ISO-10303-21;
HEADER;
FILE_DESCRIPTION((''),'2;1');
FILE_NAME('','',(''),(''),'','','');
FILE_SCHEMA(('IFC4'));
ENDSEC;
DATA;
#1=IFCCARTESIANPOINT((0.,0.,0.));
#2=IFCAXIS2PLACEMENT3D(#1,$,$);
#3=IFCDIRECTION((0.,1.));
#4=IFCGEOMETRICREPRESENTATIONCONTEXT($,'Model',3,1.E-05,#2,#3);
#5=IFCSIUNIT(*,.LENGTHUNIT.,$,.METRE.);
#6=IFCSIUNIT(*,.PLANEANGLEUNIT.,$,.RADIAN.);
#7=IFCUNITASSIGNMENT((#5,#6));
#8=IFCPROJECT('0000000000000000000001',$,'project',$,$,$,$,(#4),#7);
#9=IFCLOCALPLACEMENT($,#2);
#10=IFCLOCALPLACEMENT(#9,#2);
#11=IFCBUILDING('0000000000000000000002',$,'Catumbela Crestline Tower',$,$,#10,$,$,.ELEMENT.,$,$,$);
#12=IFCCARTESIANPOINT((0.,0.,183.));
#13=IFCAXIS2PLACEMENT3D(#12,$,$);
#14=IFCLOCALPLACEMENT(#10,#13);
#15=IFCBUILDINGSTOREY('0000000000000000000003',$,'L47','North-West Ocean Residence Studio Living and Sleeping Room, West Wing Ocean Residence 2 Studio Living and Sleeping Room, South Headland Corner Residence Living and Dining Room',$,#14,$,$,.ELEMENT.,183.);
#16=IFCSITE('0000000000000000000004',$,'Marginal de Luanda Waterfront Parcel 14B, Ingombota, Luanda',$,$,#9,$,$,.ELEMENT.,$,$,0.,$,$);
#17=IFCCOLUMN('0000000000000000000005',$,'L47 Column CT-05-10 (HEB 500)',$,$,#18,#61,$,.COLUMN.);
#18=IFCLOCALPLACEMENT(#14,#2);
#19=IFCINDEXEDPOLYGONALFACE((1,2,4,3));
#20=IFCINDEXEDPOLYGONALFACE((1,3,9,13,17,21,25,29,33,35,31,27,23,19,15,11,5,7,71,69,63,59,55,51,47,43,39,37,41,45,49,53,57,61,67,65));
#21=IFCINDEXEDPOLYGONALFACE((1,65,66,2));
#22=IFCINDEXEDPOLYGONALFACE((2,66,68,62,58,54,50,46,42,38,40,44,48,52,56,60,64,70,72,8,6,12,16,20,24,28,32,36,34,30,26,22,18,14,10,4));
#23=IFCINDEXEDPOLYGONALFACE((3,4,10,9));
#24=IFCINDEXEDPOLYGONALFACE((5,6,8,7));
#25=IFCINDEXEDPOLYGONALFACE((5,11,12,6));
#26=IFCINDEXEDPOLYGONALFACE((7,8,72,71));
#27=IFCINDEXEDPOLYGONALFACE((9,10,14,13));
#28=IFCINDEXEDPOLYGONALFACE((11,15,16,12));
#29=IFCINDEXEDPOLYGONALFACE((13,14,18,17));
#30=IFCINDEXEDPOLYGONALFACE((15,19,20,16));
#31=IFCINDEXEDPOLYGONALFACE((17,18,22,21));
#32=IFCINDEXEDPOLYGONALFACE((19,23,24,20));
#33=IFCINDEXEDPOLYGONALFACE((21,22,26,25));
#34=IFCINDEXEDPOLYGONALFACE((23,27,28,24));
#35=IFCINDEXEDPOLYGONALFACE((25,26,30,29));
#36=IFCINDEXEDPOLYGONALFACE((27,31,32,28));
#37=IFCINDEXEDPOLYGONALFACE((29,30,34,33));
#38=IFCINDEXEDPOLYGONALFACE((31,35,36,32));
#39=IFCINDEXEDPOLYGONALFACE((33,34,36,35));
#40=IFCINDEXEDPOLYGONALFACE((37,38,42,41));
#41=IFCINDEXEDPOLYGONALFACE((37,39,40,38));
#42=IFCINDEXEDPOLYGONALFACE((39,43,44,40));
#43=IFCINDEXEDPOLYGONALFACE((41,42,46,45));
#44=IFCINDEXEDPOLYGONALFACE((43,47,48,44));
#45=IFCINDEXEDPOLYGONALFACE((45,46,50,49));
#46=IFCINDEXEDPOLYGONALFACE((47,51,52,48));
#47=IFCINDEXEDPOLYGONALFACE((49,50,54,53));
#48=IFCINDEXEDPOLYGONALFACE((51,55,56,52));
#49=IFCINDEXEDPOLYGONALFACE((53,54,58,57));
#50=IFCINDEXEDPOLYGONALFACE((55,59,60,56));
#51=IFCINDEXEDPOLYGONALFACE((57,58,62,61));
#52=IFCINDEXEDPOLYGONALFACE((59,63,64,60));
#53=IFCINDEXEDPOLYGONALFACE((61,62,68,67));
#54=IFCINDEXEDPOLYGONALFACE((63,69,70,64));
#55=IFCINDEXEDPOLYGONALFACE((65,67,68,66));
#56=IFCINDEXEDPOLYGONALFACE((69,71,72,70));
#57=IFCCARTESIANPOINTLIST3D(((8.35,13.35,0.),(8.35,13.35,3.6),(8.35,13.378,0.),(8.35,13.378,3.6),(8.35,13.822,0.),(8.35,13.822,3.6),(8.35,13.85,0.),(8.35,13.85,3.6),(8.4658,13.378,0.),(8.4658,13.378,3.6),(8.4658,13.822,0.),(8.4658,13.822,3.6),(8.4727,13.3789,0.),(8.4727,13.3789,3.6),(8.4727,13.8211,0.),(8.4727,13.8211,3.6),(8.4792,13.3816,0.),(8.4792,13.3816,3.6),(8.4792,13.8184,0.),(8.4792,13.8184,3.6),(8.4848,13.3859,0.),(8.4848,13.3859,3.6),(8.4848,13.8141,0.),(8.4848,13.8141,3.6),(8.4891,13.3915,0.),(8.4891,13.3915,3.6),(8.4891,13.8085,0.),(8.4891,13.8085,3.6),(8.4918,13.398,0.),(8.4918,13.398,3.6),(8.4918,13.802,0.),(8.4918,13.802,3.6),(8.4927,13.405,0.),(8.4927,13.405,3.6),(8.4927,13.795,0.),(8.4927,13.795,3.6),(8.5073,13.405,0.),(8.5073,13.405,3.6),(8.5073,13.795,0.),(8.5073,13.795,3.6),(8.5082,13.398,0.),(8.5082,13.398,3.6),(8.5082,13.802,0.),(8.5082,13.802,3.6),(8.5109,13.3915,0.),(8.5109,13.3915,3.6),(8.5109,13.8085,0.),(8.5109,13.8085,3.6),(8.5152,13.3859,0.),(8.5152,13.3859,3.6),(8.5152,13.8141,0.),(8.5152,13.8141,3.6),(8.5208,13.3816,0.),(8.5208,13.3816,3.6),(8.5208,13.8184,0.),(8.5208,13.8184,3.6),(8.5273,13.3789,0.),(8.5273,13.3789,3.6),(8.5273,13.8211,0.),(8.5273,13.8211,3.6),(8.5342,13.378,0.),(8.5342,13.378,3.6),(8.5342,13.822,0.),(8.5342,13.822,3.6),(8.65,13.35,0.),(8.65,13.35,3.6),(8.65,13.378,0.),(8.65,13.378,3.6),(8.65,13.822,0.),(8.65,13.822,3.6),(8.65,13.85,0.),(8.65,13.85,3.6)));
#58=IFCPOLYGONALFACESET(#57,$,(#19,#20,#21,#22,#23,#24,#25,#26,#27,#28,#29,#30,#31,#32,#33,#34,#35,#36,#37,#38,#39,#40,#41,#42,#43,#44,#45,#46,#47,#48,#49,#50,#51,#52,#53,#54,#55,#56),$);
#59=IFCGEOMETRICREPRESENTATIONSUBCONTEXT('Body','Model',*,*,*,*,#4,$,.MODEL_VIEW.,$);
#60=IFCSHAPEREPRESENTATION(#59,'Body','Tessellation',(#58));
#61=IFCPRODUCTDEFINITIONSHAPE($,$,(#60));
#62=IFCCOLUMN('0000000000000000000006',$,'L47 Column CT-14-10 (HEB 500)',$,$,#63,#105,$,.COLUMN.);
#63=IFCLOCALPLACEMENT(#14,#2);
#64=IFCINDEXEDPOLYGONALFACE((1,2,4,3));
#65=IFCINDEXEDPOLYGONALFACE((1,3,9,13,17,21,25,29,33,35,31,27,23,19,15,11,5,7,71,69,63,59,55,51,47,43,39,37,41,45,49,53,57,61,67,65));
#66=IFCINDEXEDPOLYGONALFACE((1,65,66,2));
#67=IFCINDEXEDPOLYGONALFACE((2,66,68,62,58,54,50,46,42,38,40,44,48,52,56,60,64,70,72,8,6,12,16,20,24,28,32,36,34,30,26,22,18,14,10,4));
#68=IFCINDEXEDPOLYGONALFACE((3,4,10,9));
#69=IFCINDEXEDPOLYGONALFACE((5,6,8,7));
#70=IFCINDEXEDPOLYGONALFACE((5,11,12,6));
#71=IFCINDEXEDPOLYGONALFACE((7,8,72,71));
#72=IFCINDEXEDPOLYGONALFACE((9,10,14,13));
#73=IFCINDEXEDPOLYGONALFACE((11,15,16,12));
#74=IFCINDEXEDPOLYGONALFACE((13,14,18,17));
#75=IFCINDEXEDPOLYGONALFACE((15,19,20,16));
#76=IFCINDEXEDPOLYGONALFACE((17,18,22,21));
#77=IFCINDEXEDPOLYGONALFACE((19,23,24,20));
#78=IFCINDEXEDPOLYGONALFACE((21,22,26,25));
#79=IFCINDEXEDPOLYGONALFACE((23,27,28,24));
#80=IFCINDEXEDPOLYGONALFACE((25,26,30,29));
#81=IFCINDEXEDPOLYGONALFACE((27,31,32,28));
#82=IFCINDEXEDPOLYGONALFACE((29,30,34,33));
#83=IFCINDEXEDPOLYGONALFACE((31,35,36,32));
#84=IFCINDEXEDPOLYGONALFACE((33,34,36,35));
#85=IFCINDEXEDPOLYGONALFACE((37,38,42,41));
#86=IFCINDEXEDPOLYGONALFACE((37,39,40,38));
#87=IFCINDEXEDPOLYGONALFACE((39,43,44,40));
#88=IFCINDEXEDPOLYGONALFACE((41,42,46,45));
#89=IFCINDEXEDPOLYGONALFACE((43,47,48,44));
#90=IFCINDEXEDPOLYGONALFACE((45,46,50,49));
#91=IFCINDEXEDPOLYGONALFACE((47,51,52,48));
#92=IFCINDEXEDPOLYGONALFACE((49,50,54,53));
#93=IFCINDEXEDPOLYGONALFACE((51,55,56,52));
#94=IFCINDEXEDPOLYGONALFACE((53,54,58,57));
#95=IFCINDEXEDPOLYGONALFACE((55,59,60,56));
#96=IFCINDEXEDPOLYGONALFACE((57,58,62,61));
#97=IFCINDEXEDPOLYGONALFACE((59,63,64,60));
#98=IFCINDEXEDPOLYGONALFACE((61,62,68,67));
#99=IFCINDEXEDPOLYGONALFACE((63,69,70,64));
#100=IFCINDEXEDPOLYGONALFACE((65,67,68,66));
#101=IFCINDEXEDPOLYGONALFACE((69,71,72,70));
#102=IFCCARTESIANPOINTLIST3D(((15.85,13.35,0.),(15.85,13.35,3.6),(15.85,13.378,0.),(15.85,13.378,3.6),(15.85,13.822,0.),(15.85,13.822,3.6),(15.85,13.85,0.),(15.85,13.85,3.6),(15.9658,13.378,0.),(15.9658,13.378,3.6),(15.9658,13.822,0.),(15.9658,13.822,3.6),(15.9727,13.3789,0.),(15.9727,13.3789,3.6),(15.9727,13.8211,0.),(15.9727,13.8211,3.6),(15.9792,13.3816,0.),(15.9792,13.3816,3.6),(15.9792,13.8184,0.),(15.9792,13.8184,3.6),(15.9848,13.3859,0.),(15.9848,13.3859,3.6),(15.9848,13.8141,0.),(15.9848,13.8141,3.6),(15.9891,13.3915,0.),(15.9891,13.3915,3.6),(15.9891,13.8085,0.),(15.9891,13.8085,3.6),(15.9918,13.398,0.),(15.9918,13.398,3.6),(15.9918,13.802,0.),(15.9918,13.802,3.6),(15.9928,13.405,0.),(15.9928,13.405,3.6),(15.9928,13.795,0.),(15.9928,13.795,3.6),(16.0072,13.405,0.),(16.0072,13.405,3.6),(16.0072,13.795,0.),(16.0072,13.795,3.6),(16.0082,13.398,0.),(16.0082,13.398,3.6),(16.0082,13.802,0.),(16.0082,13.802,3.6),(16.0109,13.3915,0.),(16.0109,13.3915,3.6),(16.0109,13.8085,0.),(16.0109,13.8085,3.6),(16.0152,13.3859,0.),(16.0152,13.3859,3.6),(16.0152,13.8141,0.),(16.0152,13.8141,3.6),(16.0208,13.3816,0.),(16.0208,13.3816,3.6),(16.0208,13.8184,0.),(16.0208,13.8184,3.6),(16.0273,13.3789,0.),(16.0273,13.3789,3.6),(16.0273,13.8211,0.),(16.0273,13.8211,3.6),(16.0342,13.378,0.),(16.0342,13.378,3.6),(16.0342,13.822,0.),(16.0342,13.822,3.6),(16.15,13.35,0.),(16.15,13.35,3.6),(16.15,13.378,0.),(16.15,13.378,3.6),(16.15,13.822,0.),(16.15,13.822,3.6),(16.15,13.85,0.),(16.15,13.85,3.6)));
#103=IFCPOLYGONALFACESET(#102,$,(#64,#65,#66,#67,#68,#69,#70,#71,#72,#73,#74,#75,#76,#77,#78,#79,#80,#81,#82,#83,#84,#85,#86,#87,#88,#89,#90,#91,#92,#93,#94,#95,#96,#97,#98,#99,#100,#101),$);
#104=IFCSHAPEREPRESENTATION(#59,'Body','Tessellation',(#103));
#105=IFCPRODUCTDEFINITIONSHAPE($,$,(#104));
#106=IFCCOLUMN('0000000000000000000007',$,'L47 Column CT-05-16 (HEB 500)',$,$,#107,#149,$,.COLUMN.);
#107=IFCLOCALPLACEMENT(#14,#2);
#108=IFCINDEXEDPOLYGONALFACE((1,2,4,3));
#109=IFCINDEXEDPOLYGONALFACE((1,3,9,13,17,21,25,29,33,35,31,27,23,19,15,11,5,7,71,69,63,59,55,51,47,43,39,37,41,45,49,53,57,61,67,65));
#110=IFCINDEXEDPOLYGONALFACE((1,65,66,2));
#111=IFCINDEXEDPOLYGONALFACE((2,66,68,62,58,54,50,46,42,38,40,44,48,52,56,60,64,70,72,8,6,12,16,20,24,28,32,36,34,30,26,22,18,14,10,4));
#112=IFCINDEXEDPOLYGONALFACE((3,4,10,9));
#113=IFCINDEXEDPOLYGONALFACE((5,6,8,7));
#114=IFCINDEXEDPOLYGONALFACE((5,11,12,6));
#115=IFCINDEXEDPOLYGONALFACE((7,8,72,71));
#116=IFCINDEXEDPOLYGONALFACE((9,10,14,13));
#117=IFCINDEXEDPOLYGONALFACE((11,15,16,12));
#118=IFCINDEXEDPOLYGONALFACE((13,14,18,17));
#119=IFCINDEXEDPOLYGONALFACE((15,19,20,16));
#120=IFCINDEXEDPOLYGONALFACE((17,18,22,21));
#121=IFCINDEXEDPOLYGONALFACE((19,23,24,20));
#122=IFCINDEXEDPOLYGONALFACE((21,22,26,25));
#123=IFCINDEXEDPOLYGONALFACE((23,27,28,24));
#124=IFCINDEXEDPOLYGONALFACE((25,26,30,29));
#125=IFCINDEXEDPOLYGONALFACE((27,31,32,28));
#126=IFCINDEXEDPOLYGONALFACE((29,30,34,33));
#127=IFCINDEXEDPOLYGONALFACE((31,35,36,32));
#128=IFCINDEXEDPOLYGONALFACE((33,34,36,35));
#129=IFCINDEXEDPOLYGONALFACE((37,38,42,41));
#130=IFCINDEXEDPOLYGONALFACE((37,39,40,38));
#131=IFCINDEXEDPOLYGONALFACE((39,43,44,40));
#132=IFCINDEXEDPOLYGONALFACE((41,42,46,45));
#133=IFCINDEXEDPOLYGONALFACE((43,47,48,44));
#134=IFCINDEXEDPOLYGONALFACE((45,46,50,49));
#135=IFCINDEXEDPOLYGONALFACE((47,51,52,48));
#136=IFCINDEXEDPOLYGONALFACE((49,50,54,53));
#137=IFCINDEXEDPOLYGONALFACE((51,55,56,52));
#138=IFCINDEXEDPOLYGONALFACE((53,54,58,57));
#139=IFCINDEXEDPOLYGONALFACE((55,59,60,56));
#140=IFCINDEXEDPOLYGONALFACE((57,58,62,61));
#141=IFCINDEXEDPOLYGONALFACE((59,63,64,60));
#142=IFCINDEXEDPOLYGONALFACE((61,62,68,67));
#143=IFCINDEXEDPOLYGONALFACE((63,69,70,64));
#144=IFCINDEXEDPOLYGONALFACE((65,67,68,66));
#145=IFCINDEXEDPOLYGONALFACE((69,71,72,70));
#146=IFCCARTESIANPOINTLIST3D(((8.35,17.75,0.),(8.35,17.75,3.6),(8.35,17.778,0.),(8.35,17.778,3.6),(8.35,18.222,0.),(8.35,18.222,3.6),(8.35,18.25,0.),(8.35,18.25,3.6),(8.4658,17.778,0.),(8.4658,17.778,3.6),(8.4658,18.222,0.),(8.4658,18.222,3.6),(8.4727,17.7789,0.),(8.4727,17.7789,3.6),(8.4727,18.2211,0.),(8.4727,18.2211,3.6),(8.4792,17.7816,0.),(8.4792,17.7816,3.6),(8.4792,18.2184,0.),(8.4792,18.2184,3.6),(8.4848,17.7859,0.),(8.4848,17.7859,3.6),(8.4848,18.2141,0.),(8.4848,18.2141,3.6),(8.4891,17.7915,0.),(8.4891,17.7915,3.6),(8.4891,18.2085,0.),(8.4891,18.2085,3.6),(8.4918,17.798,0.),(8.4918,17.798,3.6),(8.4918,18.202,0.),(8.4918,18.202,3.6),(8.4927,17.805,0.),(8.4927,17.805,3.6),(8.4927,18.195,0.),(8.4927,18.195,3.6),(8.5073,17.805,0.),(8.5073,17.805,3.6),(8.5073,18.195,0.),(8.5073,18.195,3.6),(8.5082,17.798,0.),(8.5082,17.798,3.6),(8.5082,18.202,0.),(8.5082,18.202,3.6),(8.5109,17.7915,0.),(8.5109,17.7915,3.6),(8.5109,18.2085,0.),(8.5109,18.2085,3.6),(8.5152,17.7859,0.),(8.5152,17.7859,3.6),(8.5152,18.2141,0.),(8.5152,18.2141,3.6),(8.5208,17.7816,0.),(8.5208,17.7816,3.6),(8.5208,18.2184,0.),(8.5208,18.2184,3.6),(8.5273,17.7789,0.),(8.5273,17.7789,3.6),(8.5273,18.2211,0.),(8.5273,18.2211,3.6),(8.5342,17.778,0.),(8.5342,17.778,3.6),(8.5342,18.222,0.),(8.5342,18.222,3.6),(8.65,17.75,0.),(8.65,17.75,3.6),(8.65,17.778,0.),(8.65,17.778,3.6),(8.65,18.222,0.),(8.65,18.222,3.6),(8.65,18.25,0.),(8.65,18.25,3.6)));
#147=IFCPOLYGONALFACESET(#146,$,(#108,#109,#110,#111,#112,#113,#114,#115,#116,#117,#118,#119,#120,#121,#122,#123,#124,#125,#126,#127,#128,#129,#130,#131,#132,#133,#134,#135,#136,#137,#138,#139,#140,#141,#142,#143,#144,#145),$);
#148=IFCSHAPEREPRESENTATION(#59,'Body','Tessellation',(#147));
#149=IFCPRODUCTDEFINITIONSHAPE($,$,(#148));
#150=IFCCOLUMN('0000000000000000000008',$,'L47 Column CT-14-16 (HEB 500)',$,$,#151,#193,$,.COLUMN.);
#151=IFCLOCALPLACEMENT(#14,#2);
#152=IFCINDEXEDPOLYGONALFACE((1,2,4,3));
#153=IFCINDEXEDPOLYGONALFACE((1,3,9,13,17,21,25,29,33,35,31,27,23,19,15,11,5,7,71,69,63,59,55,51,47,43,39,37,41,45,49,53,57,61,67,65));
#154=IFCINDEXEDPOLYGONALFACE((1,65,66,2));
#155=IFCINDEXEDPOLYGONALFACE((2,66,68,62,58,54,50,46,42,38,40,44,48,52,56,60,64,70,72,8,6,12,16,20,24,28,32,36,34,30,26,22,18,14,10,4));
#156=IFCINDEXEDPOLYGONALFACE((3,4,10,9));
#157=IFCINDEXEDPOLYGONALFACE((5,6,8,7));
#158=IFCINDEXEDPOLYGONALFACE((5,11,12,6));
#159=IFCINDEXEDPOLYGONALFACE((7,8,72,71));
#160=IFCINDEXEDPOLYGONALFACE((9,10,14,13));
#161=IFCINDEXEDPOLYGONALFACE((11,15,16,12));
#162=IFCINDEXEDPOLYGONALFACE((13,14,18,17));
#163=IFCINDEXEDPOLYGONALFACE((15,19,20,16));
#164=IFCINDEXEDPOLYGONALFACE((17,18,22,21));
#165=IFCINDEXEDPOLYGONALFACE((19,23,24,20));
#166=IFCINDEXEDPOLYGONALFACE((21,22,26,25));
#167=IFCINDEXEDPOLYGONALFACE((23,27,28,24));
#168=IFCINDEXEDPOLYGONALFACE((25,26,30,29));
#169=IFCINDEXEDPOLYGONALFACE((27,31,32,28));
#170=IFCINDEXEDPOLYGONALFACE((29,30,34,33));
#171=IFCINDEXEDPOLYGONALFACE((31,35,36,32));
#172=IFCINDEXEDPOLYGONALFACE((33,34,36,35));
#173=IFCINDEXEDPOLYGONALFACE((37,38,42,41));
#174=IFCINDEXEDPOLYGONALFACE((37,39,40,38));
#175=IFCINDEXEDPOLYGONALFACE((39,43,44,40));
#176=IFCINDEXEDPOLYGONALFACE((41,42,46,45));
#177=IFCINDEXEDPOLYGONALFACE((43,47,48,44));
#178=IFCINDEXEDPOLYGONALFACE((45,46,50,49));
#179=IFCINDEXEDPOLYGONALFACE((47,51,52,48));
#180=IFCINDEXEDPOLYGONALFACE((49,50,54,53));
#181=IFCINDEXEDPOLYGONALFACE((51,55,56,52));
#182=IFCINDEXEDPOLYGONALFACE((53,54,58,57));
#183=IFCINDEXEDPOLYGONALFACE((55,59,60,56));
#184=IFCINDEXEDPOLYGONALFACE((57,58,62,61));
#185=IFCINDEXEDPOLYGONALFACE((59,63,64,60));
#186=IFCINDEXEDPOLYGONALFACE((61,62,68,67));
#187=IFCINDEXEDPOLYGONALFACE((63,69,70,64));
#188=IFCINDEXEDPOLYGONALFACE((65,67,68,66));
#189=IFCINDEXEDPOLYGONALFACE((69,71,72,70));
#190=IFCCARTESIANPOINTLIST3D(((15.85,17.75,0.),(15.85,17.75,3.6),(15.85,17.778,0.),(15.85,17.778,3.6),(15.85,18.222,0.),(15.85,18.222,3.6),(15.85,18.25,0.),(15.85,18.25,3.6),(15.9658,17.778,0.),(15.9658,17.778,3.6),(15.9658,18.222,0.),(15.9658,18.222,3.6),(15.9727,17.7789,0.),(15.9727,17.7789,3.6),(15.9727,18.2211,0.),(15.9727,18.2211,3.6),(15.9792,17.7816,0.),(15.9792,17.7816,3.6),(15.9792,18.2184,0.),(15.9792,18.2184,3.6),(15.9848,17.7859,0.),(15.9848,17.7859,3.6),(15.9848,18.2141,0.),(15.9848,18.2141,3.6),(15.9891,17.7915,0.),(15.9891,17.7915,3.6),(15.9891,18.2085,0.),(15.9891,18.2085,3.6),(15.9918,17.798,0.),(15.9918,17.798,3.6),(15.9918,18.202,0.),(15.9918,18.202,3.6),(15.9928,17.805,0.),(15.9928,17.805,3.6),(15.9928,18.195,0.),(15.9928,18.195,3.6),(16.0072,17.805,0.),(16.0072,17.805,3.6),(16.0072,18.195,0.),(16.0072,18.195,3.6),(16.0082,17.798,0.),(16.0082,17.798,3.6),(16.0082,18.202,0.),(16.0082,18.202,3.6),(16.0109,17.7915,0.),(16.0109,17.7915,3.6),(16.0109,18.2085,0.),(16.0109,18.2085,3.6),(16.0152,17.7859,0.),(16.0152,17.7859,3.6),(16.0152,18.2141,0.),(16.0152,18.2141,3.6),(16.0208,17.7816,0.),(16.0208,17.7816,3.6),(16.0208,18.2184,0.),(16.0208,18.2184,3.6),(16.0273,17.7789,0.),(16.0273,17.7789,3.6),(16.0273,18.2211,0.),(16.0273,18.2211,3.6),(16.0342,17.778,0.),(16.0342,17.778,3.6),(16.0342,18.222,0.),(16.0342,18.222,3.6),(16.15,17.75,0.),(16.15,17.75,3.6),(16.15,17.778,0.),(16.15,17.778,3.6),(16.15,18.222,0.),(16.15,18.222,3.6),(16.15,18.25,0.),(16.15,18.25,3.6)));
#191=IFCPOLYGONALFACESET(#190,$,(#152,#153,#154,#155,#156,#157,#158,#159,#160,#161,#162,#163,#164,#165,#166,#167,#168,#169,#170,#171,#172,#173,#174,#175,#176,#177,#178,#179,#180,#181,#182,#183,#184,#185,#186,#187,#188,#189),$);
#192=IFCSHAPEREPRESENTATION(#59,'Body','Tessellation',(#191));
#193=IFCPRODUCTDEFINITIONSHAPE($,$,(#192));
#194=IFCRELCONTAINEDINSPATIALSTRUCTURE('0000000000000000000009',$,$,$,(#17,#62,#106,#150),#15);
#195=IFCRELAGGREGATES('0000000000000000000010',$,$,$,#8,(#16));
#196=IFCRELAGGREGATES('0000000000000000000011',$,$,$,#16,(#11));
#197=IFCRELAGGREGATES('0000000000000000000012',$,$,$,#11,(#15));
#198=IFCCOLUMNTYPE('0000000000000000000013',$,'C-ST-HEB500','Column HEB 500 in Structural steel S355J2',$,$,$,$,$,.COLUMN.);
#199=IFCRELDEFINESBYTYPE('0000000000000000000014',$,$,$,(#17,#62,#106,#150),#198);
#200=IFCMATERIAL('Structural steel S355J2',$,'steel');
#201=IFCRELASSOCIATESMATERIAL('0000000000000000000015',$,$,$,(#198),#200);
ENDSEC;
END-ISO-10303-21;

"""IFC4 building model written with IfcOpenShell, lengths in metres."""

from ifc_helpers import new_model, si_unit, direction, frame, origin, origin_2d, place, context, subcontext, project, spatial, i_section, extrude, material, material_profile, profile_set, type_object, element, save


model = new_model("IFC4")

# Units and contexts
model_context = context("Model", 3, precision=1e-05, world=origin(), true_north=direction((0.0, 1.0)))
body_context = subcontext(model_context, "Body", "Model", "MODEL_VIEW")
ifc_project = project(units=[si_unit("LENGTHUNIT", "METRE"), si_unit("PLANEANGLEUNIT", "RADIAN")], contexts=[model_context])

# Site, building, storey
site_placement = place(None, origin())
site = spatial("IfcSite", under=ifc_project, at=site_placement, Name="Marginal de Luanda Waterfront Parcel 14B, Ingombota, Luanda", CompositionType="ELEMENT", RefElevation=0.0)
building_placement = place(site_placement, origin())
building = spatial("IfcBuilding", under=site, at=building_placement, Name="Catumbela Crestline Tower", CompositionType="ELEMENT")
storey_placement = place(building_placement, frame((0.0, 0.0, 183.0)))
storey = spatial("IfcBuildingStorey", under=building, at=storey_placement, Name="L47", Description="North-West Ocean Residence Studio Living and Sleeping Room, West Wing Ocean Residence 2 Studio Living and Sleeping Room, South Headland Corner Residence Living and Dining Room", CompositionType="ELEMENT", Elevation=183.0)

# Columns
ifc_material_1 = material(Name="Structural steel S355J2", Category="steel")
ifc_material_profile_1 = material_profile(ifc_material_1, i_section(OverallWidth=0.3, OverallDepth=0.5, WebThickness=0.0145, FlangeThickness=0.028, FilletRadius=0.027, at=origin_2d()), Name="HEB 500")
ifc_profile_set_1 = profile_set([ifc_material_profile_1], Name="Structural steel S355J2")
column_type = type_object("IfcColumnType", Name="C-ST-HEB500", Description="Column HEB 500 in Structural steel S355J2", PredefinedType="COLUMN", material=ifc_profile_set_1)
for number, where, z_axis, x_axis, name in (
    (1, (8.5, 13.6, 0.0), (0.0, 0.0, 1.0), (1.0, 0.0, 0.0), "L47 Column CT-05-10 (HEB 500)"),
    (2, (16.0, 13.6, 0.0), (0.0, 0.0, 1.0), (1.0, 0.0, 0.0), "L47 Column CT-14-10 (HEB 500)"),
    (3, (8.5, 18.0, 0.0), (0.0, 0.0, 1.0), (1.0, 0.0, 0.0), "L47 Column CT-05-16 (HEB 500)"),
    (4, (16.0, 18.0, 0.0), (0.0, 0.0, 1.0), (1.0, 0.0, 0.0), "L47 Column CT-14-16 (HEB 500)"),
):
    element("IfcColumn", number, at=place(storey_placement, frame(where, z_axis=z_axis, x_axis=x_axis)), inside=storey, type_object=column_type, Name=name, PredefinedType="COLUMN", context=body_context, shape_type="SweptSolid", body=[
        extrude(i_section(OverallWidth=0.3, OverallDepth=0.5, WebThickness=0.0145, FlangeThickness=0.028, FilletRadius=0.027, at=origin_2d()), origin(), (0.0, 0.0, 1.0), 3.6),
    ])

save(model, "model.ifc")
